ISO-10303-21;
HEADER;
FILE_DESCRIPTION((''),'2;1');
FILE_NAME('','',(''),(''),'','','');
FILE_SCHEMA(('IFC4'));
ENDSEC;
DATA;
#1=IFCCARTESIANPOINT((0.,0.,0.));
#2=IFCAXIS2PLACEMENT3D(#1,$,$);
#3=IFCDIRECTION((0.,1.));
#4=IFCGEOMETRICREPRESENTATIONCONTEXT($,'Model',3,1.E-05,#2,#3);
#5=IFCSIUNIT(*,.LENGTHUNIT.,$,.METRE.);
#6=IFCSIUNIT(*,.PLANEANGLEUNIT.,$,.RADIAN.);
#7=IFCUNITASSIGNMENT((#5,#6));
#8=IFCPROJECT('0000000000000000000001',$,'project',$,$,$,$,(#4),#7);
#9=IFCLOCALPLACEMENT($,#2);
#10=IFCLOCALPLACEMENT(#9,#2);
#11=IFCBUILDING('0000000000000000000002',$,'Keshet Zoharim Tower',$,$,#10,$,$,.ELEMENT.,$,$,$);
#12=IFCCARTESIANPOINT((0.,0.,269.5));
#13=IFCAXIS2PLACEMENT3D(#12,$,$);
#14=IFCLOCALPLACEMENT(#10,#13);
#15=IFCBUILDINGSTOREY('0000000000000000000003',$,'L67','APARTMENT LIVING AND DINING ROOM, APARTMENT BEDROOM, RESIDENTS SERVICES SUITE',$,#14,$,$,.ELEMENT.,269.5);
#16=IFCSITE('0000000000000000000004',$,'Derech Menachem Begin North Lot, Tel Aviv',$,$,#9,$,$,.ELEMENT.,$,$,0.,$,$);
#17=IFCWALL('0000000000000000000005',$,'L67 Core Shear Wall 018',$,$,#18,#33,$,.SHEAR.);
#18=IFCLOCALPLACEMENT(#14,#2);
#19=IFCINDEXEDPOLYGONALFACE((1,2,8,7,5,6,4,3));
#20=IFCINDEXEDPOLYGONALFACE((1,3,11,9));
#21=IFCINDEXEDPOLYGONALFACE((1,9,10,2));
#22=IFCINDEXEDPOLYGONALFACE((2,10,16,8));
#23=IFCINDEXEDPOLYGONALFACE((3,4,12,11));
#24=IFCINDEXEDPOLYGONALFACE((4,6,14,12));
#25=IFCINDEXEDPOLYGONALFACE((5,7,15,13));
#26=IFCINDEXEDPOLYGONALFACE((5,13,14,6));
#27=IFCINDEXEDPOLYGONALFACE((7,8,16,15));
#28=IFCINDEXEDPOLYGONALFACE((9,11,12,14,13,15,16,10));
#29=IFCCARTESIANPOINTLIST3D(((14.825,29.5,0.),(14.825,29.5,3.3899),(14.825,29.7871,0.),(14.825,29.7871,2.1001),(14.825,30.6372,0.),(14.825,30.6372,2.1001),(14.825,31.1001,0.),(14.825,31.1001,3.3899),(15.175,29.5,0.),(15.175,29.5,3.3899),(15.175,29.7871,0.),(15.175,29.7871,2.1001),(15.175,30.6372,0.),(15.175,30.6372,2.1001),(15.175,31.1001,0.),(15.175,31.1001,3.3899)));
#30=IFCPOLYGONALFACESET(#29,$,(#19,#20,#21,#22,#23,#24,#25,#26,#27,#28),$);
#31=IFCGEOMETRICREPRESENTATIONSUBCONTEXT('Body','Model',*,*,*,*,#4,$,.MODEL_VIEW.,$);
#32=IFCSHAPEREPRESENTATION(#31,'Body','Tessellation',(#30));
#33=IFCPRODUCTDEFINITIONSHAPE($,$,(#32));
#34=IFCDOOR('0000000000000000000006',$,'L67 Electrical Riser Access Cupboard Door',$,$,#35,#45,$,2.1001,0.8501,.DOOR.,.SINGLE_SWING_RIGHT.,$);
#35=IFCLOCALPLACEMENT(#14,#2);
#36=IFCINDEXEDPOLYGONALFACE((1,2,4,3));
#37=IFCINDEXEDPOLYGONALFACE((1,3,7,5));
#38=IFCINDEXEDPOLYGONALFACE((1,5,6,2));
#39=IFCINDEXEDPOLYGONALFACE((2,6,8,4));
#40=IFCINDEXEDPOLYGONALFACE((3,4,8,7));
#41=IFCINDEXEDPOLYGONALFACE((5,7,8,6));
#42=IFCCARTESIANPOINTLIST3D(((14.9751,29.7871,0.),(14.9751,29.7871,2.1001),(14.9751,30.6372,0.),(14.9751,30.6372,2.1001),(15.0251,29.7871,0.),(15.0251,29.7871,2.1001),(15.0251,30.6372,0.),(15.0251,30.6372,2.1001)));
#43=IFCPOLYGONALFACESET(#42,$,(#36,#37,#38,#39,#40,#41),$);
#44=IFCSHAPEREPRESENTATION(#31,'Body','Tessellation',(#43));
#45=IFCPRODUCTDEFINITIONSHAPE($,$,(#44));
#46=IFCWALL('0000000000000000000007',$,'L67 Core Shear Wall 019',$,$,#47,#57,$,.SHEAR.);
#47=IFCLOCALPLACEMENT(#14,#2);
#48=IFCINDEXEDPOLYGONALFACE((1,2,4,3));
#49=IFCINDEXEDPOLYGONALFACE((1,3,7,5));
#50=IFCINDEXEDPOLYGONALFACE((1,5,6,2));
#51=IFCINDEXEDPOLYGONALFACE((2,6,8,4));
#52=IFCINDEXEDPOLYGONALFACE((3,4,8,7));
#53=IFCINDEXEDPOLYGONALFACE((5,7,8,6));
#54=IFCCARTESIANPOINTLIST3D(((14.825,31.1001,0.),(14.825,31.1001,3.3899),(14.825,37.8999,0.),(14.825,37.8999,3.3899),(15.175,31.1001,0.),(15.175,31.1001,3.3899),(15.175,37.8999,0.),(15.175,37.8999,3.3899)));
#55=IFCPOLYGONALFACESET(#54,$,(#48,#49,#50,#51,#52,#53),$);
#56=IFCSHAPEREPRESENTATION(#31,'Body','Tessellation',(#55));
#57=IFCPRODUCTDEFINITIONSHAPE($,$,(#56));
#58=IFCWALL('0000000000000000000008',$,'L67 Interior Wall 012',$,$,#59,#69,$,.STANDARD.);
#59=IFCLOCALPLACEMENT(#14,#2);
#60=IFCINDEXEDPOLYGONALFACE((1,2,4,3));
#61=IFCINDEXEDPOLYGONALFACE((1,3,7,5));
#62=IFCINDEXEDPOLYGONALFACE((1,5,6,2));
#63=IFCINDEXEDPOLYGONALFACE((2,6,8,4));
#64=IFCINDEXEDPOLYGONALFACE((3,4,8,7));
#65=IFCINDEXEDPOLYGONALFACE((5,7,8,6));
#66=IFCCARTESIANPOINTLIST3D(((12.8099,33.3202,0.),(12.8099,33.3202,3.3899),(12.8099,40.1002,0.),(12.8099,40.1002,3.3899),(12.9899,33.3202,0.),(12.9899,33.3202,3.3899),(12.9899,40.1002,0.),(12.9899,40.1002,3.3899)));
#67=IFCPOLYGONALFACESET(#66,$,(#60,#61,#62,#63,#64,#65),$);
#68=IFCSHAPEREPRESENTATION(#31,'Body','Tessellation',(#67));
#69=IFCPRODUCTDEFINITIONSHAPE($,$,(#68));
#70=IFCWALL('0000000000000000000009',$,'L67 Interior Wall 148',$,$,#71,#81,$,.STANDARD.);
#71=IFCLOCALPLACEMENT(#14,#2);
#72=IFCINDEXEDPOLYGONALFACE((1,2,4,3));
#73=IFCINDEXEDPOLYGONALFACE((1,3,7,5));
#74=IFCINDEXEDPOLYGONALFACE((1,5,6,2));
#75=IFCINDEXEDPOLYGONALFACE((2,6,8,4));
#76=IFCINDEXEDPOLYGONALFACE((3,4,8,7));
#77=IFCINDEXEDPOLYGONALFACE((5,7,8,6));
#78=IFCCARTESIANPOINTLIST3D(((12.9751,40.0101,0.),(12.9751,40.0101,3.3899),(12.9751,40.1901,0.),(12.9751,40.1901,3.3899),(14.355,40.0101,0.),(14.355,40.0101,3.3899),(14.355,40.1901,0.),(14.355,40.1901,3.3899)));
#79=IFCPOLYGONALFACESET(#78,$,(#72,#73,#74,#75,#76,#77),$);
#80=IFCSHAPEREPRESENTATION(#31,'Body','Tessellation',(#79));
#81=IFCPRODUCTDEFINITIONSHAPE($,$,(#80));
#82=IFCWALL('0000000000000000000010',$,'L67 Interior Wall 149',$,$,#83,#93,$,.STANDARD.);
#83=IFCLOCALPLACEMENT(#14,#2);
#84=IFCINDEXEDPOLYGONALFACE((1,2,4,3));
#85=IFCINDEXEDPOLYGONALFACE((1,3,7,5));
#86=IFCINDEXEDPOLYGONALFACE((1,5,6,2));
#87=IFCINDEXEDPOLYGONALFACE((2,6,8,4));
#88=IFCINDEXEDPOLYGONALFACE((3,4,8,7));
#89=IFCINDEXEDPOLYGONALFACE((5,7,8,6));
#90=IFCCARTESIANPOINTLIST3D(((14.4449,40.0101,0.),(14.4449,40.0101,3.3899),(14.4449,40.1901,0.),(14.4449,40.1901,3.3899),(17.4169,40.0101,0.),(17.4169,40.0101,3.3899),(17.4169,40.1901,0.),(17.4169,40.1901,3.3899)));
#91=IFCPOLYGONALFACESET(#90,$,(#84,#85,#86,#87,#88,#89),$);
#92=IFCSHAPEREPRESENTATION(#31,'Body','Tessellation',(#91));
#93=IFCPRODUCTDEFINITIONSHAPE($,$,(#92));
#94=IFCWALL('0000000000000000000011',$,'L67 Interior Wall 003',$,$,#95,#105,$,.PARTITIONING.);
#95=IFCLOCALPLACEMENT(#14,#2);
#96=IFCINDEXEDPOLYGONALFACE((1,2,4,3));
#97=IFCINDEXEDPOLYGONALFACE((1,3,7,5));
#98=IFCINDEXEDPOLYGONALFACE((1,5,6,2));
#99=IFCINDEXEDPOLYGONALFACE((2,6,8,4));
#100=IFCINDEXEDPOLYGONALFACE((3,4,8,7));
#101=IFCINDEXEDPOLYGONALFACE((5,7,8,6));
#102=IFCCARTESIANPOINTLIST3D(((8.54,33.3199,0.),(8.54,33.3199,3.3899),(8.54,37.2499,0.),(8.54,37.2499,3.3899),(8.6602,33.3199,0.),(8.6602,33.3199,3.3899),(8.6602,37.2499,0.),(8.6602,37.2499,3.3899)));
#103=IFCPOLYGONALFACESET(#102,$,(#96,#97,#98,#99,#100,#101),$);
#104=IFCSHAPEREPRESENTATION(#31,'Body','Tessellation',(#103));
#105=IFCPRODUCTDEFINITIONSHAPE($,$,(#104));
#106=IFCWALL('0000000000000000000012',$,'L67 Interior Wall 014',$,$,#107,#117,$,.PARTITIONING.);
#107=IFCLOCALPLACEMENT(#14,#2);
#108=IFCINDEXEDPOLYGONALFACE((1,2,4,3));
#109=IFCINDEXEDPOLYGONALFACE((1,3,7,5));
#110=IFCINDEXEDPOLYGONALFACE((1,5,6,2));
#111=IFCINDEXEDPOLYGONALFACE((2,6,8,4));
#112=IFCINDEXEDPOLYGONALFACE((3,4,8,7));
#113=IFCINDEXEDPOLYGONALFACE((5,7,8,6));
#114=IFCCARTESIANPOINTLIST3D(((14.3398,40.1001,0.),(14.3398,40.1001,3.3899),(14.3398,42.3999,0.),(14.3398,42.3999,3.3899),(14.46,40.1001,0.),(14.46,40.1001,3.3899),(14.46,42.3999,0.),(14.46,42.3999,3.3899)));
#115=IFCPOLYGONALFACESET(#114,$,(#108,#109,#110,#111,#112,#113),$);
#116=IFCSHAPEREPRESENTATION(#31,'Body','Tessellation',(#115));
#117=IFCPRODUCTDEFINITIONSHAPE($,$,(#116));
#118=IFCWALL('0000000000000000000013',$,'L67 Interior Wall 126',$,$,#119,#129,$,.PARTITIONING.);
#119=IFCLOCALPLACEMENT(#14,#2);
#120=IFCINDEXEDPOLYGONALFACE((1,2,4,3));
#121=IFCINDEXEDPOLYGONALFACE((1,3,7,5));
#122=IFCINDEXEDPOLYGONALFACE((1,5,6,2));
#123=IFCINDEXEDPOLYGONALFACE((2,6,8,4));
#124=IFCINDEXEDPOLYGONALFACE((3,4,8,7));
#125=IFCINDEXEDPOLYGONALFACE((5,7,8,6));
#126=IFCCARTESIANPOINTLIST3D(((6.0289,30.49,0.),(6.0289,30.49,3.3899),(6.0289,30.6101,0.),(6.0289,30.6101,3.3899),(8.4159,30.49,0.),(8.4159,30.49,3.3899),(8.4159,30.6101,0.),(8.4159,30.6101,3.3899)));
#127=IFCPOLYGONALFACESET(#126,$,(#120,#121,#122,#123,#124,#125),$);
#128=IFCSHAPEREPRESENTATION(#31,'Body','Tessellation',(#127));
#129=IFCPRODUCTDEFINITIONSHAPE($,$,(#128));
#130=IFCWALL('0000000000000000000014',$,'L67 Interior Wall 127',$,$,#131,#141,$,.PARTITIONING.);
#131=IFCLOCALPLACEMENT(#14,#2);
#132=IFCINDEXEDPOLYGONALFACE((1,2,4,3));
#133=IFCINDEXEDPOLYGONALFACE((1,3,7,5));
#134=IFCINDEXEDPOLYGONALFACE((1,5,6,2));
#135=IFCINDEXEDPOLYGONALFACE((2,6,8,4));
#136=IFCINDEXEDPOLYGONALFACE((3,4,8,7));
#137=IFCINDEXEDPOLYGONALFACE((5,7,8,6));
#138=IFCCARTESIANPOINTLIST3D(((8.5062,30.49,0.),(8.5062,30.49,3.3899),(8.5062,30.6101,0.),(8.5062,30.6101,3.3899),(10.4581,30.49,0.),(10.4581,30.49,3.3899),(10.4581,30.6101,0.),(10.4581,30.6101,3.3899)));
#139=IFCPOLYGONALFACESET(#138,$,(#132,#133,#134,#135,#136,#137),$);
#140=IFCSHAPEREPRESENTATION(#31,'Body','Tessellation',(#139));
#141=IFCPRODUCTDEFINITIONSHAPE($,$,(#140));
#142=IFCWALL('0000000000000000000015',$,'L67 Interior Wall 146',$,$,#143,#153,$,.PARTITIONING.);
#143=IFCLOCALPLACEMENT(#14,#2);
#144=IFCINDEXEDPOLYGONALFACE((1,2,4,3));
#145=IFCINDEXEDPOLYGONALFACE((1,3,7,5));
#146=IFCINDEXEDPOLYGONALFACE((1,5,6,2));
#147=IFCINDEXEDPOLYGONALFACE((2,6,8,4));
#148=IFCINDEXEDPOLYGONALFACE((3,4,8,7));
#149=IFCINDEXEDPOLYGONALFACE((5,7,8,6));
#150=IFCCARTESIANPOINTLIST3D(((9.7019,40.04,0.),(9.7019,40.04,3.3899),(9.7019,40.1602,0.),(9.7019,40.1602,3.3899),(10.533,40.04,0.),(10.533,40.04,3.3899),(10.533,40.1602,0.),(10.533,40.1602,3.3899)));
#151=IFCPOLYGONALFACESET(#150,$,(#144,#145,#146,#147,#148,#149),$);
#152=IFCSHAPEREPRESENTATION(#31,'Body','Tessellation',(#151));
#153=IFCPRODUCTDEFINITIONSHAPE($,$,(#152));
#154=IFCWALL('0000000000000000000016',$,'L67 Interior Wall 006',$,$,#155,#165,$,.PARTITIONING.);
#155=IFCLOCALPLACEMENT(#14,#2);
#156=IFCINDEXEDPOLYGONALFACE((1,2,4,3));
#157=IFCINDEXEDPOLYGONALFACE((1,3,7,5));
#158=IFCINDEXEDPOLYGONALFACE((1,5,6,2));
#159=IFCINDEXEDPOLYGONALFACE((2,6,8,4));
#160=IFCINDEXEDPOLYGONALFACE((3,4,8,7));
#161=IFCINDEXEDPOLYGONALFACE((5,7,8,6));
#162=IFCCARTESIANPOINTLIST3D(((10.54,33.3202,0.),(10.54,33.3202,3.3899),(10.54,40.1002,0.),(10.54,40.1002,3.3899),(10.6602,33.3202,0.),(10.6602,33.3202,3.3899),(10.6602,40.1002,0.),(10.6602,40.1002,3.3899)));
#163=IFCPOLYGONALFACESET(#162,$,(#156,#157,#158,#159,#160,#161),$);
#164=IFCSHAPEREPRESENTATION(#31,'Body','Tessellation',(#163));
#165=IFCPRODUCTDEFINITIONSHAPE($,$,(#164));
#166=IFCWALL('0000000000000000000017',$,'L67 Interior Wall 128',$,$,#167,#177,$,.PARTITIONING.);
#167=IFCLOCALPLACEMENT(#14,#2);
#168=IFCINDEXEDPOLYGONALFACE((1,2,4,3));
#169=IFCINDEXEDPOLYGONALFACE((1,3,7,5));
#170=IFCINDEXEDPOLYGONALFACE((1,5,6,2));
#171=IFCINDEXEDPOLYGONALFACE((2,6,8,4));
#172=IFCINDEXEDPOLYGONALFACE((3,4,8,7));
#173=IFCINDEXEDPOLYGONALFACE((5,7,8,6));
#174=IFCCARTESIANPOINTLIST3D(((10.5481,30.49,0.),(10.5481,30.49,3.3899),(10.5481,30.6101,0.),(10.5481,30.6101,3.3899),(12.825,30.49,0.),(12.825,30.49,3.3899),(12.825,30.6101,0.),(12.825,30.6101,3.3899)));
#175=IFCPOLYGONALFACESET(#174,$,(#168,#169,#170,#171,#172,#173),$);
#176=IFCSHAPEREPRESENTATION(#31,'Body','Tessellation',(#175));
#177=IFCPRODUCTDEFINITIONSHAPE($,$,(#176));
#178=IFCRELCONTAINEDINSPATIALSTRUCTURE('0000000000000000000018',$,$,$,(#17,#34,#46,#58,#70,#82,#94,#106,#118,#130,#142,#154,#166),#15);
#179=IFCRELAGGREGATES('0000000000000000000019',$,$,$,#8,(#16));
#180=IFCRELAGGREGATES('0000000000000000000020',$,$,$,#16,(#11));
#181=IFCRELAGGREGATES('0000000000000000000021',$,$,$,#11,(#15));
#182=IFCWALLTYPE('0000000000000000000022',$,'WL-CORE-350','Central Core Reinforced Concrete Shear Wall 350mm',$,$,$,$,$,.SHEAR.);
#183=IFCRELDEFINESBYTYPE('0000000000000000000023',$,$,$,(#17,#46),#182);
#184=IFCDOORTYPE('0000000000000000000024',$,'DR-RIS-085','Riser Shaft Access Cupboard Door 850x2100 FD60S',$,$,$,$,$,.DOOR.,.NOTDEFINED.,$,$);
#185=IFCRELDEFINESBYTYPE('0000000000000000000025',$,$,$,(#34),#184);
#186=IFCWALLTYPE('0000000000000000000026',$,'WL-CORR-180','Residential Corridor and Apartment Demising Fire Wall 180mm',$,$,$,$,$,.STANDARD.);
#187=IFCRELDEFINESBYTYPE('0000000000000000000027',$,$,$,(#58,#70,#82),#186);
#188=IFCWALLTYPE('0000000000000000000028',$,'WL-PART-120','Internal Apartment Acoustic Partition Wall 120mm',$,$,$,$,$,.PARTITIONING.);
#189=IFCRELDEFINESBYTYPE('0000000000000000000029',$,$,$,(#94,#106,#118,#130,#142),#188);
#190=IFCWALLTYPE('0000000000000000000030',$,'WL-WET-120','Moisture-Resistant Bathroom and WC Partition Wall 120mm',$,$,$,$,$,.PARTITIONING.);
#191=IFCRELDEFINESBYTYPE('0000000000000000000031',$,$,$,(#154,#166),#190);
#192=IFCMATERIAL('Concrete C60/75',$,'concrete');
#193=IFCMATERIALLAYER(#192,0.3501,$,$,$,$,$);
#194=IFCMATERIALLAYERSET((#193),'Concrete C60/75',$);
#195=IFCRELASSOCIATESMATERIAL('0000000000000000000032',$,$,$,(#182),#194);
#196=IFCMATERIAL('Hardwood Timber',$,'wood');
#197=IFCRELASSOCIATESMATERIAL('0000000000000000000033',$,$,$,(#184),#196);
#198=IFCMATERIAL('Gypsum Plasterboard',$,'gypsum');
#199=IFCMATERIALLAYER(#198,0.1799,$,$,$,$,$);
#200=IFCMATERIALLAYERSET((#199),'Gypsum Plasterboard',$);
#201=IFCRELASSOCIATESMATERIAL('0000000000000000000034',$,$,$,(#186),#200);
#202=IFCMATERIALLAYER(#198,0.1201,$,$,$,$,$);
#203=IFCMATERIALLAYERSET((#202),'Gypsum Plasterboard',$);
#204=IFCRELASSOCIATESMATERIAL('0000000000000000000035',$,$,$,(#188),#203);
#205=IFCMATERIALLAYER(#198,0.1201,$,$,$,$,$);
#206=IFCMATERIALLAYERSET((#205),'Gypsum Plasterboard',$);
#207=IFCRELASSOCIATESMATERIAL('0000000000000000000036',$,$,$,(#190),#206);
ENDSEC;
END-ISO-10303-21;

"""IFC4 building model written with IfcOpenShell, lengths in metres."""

from ifc_helpers import new_model, si_unit, direction, frame, frame_2d, origin, place, context, subcontext, project, spatial, rectangle, extrude, material, layer, layer_set, type_object, element, fill, save


model = new_model("IFC4")

# Units and contexts
model_context = context("Model", 3, precision=1e-05, world=origin(), true_north=direction((0.0, 1.0)))
body_context = subcontext(model_context, "Body", "Model", "MODEL_VIEW")
ifc_project = project(units=[si_unit("LENGTHUNIT", "METRE"), si_unit("PLANEANGLEUNIT", "RADIAN")], contexts=[model_context])

# Site, building, storey
site_placement = place(None, origin())
site = spatial("IfcSite", under=ifc_project, at=site_placement, Name="Derech Menachem Begin North Lot, Tel Aviv", CompositionType="ELEMENT", RefElevation=0.0)
building_placement = place(site_placement, origin())
building = spatial("IfcBuilding", under=site, at=building_placement, Name="Keshet Zoharim Tower", CompositionType="ELEMENT")
storey_placement = place(building_placement, frame((0.0, 0.0, 269.5)))
storey = spatial("IfcBuildingStorey", under=building, at=storey_placement, Name="L67", Description="APARTMENT LIVING AND DINING ROOM, APARTMENT BEDROOM, RESIDENTS SERVICES SUITE", CompositionType="ELEMENT", Elevation=269.5)

# Wall, opening, door
ifc_material_1 = material(Name="Concrete C60/75", Category="concrete")
ifc_layer_1 = layer(ifc_material_1, 0.3501)
ifc_layer_set_1 = layer_set([ifc_layer_1], Name="Concrete C60/75")
wall_type_1 = type_object("IfcWallType", Name="WL-CORE-350", Description="Central Core Reinforced Concrete Shear Wall 350mm", PredefinedType="SHEAR", material=ifc_layer_set_1)
wall_1_placement = place(storey_placement, frame((15.0, 29.5, 0.0), z_axis=(0.0, 0.0, 1.0), x_axis=(0.0, 1.0, 0.0)))
wall_1 = element("IfcWall", 1, at=wall_1_placement, inside=storey, type_object=wall_type_1, Name="L67 Core Shear Wall 018", PredefinedType="SHEAR", context=body_context, shape_type="SweptSolid", body=[
    extrude(rectangle(XDim=1.6001, YDim=0.3501, at=frame_2d((0.8, 0.0))), origin(), (0.0, 0.0, 1.0), 3.3899),
])
opening_1_placement = place(wall_1_placement, frame((0.2871, 0.0, 0.0)))
opening_1 = element("IfcOpeningElement", 2, at=opening_1_placement, cuts=wall_1, PredefinedType="OPENING", context=body_context, shape_type="SweptSolid", body=[
    extrude(rectangle(XDim=0.8501, YDim=2.1001, at=frame_2d((0.425, 1.05))), frame((0.0, 0.1851, 0.0), z_axis=(0.0, -1.0, 0.0), x_axis=(1.0, 0.0, 0.0)), (0.0, 0.0, 1.0), 0.3701),
])
ifc_material_2 = material(Name="Hardwood Timber", Category="wood")
door_type_1 = type_object("IfcDoorType", Name="DR-RIS-085", Description="Riser Shaft Access Cupboard Door 850x2100 FD60S", OperationType="NOTDEFINED", PredefinedType="DOOR", material=ifc_material_2)
door_1_placement = place(opening_1_placement, origin())
door_1 = element("IfcDoor", 3, at=door_1_placement, inside=storey, type_object=door_type_1, Name="L67 Electrical Riser Access Cupboard Door", OperationType="SINGLE_SWING_RIGHT", OverallHeight=2.1001, OverallWidth=0.8501, PredefinedType="DOOR", context=body_context, shape_type="SweptSolid", body=[
    extrude(rectangle(XDim=0.8501, YDim=2.1001, at=frame_2d((0.425, 1.05))), frame((0.0, 0.0249, 0.0), z_axis=(0.0, -1.0, 0.0), x_axis=(1.0, 0.0, 0.0)), (0.0, 0.0, 1.0), 0.05),
])
fill(opening_1, door_1)

# Wall
wall_2_placement = place(storey_placement, frame((15.0, 31.1001, 0.0), z_axis=(0.0, 0.0, 1.0), x_axis=(0.0, 1.0, 0.0)))
element("IfcWall", 4, at=wall_2_placement, inside=storey, type_object=wall_type_1, Name="L67 Core Shear Wall 019", PredefinedType="SHEAR", context=body_context, shape_type="SweptSolid", body=[
    extrude(rectangle(XDim=6.7998, YDim=0.3501, at=frame_2d((3.3999, 0.0))), origin(), (0.0, 0.0, 1.0), 3.3899),
])

# Shared definitions
ifc_material_3 = material(Name="Gypsum Plasterboard", Category="gypsum")
ifc_layer_2 = layer(ifc_material_3, 0.1799)
ifc_layer_set_2 = layer_set([ifc_layer_2], Name="Gypsum Plasterboard")
wall_type_2 = type_object("IfcWallType", Name="WL-CORR-180", Description="Residential Corridor and Apartment Demising Fire Wall 180mm", PredefinedType="STANDARD", material=ifc_layer_set_2)

# Walls
wall_3_placement = place(storey_placement, frame((12.8999, 33.3201, 0.0), z_axis=(0.0, 0.0, 1.0), x_axis=(0.0, 1.0, 0.0)))
element("IfcWall", 5, at=wall_3_placement, inside=storey, type_object=wall_type_2, Name="L67 Interior Wall 012", PredefinedType="STANDARD", context=body_context, shape_type="SweptSolid", body=[
    extrude(rectangle(XDim=6.78, YDim=0.1799, at=frame_2d((3.3901, 0.0))), origin(), (0.0, 0.0, 1.0), 3.3899),
])
wall_4_placement = place(storey_placement, frame((12.9751, 40.1001, 0.0), z_axis=(0.0, 0.0, 1.0), x_axis=(1.0, 0.0, 0.0)))
element("IfcWall", 6, at=wall_4_placement, inside=storey, type_object=wall_type_2, Name="L67 Interior Wall 148", PredefinedType="STANDARD", context=body_context, shape_type="SweptSolid", body=[
    extrude(rectangle(XDim=1.3799, YDim=0.1799, at=frame_2d((0.6899, 0.0))), origin(), (0.0, 0.0, 1.0), 3.3899),
])
wall_5_placement = place(storey_placement, frame((14.4451, 40.1001, 0.0), z_axis=(0.0, 0.0, 1.0), x_axis=(1.0, 0.0, 0.0)))
element("IfcWall", 7, at=wall_5_placement, inside=storey, type_object=wall_type_2, Name="L67 Interior Wall 149", PredefinedType="STANDARD", context=body_context, shape_type="SweptSolid", body=[
    extrude(rectangle(XDim=2.9719, YDim=0.1799, at=frame_2d((1.4858, 0.0))), origin(), (0.0, 0.0, 1.0), 3.3899),
])
ifc_layer_3 = layer(ifc_material_3, 0.1201)
ifc_layer_set_3 = layer_set([ifc_layer_3], Name="Gypsum Plasterboard")
wall_type_3 = type_object("IfcWallType", Name="WL-PART-120", Description="Internal Apartment Acoustic Partition Wall 120mm", PredefinedType="PARTITIONING", material=ifc_layer_set_3)
wall_6_placement = place(storey_placement, frame((8.6001, 33.3201, 0.0), z_axis=(0.0, 0.0, 1.0), x_axis=(0.0, 1.0, 0.0)))
element("IfcWall", 8, at=wall_6_placement, inside=storey, type_object=wall_type_3, Name="L67 Interior Wall 003", PredefinedType="PARTITIONING", context=body_context, shape_type="SweptSolid", body=[
    extrude(rectangle(XDim=3.9299, YDim=0.1201, at=frame_2d((1.9648, 0.0))), origin(), (0.0, 0.0, 1.0), 3.3899),
])
wall_7_placement = place(storey_placement, frame((14.3999, 40.1001, 0.0), z_axis=(0.0, 0.0, 1.0), x_axis=(0.0, 1.0, 0.0)))
element("IfcWall", 9, at=wall_7_placement, inside=storey, type_object=wall_type_3, Name="L67 Interior Wall 014", PredefinedType="PARTITIONING", context=body_context, shape_type="SweptSolid", body=[
    extrude(rectangle(XDim=2.2998, YDim=0.1201, at=frame_2d((1.1499, 0.0))), origin(), (0.0, 0.0, 1.0), 3.3899),
])
wall_8_placement = place(storey_placement, frame((6.0291, 30.55, 0.0), z_axis=(0.0, 0.0, 1.0), x_axis=(1.0, 0.0, 0.0)))
element("IfcWall", 10, at=wall_8_placement, inside=storey, type_object=wall_type_3, Name="L67 Interior Wall 126", PredefinedType="PARTITIONING", context=body_context, shape_type="SweptSolid", body=[
    extrude(rectangle(XDim=2.387, YDim=0.1201, at=frame_2d((1.1934, 0.0))), origin(), (0.0, 0.0, 1.0), 3.3899),
])
wall_9_placement = place(storey_placement, frame((8.5061, 30.55, 0.0), z_axis=(0.0, 0.0, 1.0), x_axis=(1.0, 0.0, 0.0)))
element("IfcWall", 11, at=wall_9_placement, inside=storey, type_object=wall_type_3, Name="L67 Interior Wall 127", PredefinedType="PARTITIONING", context=body_context, shape_type="SweptSolid", body=[
    extrude(rectangle(XDim=1.9519, YDim=0.1201, at=frame_2d((0.9761, 0.0))), origin(), (0.0, 0.0, 1.0), 3.3899),
])

# Walls
wall_10_placement = place(storey_placement, frame((9.7019, 40.1001, 0.0), z_axis=(0.0, 0.0, 1.0), x_axis=(1.0, 0.0, 0.0)))
element("IfcWall", 12, at=wall_10_placement, inside=storey, type_object=wall_type_3, Name="L67 Interior Wall 146", PredefinedType="PARTITIONING", context=body_context, shape_type="SweptSolid", body=[
    extrude(rectangle(XDim=0.8311, YDim=0.1201, at=frame_2d((0.4155, 0.0))), origin(), (0.0, 0.0, 1.0), 3.3899),
])
ifc_layer_4 = layer(ifc_material_3, 0.1201)
ifc_layer_set_4 = layer_set([ifc_layer_4], Name="Gypsum Plasterboard")
wall_type_4 = type_object("IfcWallType", Name="WL-WET-120", Description="Moisture-Resistant Bathroom and WC Partition Wall 120mm", PredefinedType="PARTITIONING", material=ifc_layer_set_4)
wall_11_placement = place(storey_placement, frame((10.6001, 33.3201, 0.0), z_axis=(0.0, 0.0, 1.0), x_axis=(0.0, 1.0, 0.0)))
element("IfcWall", 13, at=wall_11_placement, inside=storey, type_object=wall_type_4, Name="L67 Interior Wall 006", PredefinedType="PARTITIONING", context=body_context, shape_type="SweptSolid", body=[
    extrude(rectangle(XDim=6.78, YDim=0.1201, at=frame_2d((3.3901, 0.0))), origin(), (0.0, 0.0, 1.0), 3.3899),
])
wall_12_placement = place(storey_placement, frame((10.5481, 30.55, 0.0), z_axis=(0.0, 0.0, 1.0), x_axis=(1.0, 0.0, 0.0)))
element("IfcWall", 14, at=wall_12_placement, inside=storey, type_object=wall_type_4, Name="L67 Interior Wall 128", PredefinedType="PARTITIONING", context=body_context, shape_type="SweptSolid", body=[
    extrude(rectangle(XDim=2.2769, YDim=0.1201, at=frame_2d((1.1384, 0.0))), origin(), (0.0, 0.0, 1.0), 3.3899),
])

save(model, "model.ifc")
